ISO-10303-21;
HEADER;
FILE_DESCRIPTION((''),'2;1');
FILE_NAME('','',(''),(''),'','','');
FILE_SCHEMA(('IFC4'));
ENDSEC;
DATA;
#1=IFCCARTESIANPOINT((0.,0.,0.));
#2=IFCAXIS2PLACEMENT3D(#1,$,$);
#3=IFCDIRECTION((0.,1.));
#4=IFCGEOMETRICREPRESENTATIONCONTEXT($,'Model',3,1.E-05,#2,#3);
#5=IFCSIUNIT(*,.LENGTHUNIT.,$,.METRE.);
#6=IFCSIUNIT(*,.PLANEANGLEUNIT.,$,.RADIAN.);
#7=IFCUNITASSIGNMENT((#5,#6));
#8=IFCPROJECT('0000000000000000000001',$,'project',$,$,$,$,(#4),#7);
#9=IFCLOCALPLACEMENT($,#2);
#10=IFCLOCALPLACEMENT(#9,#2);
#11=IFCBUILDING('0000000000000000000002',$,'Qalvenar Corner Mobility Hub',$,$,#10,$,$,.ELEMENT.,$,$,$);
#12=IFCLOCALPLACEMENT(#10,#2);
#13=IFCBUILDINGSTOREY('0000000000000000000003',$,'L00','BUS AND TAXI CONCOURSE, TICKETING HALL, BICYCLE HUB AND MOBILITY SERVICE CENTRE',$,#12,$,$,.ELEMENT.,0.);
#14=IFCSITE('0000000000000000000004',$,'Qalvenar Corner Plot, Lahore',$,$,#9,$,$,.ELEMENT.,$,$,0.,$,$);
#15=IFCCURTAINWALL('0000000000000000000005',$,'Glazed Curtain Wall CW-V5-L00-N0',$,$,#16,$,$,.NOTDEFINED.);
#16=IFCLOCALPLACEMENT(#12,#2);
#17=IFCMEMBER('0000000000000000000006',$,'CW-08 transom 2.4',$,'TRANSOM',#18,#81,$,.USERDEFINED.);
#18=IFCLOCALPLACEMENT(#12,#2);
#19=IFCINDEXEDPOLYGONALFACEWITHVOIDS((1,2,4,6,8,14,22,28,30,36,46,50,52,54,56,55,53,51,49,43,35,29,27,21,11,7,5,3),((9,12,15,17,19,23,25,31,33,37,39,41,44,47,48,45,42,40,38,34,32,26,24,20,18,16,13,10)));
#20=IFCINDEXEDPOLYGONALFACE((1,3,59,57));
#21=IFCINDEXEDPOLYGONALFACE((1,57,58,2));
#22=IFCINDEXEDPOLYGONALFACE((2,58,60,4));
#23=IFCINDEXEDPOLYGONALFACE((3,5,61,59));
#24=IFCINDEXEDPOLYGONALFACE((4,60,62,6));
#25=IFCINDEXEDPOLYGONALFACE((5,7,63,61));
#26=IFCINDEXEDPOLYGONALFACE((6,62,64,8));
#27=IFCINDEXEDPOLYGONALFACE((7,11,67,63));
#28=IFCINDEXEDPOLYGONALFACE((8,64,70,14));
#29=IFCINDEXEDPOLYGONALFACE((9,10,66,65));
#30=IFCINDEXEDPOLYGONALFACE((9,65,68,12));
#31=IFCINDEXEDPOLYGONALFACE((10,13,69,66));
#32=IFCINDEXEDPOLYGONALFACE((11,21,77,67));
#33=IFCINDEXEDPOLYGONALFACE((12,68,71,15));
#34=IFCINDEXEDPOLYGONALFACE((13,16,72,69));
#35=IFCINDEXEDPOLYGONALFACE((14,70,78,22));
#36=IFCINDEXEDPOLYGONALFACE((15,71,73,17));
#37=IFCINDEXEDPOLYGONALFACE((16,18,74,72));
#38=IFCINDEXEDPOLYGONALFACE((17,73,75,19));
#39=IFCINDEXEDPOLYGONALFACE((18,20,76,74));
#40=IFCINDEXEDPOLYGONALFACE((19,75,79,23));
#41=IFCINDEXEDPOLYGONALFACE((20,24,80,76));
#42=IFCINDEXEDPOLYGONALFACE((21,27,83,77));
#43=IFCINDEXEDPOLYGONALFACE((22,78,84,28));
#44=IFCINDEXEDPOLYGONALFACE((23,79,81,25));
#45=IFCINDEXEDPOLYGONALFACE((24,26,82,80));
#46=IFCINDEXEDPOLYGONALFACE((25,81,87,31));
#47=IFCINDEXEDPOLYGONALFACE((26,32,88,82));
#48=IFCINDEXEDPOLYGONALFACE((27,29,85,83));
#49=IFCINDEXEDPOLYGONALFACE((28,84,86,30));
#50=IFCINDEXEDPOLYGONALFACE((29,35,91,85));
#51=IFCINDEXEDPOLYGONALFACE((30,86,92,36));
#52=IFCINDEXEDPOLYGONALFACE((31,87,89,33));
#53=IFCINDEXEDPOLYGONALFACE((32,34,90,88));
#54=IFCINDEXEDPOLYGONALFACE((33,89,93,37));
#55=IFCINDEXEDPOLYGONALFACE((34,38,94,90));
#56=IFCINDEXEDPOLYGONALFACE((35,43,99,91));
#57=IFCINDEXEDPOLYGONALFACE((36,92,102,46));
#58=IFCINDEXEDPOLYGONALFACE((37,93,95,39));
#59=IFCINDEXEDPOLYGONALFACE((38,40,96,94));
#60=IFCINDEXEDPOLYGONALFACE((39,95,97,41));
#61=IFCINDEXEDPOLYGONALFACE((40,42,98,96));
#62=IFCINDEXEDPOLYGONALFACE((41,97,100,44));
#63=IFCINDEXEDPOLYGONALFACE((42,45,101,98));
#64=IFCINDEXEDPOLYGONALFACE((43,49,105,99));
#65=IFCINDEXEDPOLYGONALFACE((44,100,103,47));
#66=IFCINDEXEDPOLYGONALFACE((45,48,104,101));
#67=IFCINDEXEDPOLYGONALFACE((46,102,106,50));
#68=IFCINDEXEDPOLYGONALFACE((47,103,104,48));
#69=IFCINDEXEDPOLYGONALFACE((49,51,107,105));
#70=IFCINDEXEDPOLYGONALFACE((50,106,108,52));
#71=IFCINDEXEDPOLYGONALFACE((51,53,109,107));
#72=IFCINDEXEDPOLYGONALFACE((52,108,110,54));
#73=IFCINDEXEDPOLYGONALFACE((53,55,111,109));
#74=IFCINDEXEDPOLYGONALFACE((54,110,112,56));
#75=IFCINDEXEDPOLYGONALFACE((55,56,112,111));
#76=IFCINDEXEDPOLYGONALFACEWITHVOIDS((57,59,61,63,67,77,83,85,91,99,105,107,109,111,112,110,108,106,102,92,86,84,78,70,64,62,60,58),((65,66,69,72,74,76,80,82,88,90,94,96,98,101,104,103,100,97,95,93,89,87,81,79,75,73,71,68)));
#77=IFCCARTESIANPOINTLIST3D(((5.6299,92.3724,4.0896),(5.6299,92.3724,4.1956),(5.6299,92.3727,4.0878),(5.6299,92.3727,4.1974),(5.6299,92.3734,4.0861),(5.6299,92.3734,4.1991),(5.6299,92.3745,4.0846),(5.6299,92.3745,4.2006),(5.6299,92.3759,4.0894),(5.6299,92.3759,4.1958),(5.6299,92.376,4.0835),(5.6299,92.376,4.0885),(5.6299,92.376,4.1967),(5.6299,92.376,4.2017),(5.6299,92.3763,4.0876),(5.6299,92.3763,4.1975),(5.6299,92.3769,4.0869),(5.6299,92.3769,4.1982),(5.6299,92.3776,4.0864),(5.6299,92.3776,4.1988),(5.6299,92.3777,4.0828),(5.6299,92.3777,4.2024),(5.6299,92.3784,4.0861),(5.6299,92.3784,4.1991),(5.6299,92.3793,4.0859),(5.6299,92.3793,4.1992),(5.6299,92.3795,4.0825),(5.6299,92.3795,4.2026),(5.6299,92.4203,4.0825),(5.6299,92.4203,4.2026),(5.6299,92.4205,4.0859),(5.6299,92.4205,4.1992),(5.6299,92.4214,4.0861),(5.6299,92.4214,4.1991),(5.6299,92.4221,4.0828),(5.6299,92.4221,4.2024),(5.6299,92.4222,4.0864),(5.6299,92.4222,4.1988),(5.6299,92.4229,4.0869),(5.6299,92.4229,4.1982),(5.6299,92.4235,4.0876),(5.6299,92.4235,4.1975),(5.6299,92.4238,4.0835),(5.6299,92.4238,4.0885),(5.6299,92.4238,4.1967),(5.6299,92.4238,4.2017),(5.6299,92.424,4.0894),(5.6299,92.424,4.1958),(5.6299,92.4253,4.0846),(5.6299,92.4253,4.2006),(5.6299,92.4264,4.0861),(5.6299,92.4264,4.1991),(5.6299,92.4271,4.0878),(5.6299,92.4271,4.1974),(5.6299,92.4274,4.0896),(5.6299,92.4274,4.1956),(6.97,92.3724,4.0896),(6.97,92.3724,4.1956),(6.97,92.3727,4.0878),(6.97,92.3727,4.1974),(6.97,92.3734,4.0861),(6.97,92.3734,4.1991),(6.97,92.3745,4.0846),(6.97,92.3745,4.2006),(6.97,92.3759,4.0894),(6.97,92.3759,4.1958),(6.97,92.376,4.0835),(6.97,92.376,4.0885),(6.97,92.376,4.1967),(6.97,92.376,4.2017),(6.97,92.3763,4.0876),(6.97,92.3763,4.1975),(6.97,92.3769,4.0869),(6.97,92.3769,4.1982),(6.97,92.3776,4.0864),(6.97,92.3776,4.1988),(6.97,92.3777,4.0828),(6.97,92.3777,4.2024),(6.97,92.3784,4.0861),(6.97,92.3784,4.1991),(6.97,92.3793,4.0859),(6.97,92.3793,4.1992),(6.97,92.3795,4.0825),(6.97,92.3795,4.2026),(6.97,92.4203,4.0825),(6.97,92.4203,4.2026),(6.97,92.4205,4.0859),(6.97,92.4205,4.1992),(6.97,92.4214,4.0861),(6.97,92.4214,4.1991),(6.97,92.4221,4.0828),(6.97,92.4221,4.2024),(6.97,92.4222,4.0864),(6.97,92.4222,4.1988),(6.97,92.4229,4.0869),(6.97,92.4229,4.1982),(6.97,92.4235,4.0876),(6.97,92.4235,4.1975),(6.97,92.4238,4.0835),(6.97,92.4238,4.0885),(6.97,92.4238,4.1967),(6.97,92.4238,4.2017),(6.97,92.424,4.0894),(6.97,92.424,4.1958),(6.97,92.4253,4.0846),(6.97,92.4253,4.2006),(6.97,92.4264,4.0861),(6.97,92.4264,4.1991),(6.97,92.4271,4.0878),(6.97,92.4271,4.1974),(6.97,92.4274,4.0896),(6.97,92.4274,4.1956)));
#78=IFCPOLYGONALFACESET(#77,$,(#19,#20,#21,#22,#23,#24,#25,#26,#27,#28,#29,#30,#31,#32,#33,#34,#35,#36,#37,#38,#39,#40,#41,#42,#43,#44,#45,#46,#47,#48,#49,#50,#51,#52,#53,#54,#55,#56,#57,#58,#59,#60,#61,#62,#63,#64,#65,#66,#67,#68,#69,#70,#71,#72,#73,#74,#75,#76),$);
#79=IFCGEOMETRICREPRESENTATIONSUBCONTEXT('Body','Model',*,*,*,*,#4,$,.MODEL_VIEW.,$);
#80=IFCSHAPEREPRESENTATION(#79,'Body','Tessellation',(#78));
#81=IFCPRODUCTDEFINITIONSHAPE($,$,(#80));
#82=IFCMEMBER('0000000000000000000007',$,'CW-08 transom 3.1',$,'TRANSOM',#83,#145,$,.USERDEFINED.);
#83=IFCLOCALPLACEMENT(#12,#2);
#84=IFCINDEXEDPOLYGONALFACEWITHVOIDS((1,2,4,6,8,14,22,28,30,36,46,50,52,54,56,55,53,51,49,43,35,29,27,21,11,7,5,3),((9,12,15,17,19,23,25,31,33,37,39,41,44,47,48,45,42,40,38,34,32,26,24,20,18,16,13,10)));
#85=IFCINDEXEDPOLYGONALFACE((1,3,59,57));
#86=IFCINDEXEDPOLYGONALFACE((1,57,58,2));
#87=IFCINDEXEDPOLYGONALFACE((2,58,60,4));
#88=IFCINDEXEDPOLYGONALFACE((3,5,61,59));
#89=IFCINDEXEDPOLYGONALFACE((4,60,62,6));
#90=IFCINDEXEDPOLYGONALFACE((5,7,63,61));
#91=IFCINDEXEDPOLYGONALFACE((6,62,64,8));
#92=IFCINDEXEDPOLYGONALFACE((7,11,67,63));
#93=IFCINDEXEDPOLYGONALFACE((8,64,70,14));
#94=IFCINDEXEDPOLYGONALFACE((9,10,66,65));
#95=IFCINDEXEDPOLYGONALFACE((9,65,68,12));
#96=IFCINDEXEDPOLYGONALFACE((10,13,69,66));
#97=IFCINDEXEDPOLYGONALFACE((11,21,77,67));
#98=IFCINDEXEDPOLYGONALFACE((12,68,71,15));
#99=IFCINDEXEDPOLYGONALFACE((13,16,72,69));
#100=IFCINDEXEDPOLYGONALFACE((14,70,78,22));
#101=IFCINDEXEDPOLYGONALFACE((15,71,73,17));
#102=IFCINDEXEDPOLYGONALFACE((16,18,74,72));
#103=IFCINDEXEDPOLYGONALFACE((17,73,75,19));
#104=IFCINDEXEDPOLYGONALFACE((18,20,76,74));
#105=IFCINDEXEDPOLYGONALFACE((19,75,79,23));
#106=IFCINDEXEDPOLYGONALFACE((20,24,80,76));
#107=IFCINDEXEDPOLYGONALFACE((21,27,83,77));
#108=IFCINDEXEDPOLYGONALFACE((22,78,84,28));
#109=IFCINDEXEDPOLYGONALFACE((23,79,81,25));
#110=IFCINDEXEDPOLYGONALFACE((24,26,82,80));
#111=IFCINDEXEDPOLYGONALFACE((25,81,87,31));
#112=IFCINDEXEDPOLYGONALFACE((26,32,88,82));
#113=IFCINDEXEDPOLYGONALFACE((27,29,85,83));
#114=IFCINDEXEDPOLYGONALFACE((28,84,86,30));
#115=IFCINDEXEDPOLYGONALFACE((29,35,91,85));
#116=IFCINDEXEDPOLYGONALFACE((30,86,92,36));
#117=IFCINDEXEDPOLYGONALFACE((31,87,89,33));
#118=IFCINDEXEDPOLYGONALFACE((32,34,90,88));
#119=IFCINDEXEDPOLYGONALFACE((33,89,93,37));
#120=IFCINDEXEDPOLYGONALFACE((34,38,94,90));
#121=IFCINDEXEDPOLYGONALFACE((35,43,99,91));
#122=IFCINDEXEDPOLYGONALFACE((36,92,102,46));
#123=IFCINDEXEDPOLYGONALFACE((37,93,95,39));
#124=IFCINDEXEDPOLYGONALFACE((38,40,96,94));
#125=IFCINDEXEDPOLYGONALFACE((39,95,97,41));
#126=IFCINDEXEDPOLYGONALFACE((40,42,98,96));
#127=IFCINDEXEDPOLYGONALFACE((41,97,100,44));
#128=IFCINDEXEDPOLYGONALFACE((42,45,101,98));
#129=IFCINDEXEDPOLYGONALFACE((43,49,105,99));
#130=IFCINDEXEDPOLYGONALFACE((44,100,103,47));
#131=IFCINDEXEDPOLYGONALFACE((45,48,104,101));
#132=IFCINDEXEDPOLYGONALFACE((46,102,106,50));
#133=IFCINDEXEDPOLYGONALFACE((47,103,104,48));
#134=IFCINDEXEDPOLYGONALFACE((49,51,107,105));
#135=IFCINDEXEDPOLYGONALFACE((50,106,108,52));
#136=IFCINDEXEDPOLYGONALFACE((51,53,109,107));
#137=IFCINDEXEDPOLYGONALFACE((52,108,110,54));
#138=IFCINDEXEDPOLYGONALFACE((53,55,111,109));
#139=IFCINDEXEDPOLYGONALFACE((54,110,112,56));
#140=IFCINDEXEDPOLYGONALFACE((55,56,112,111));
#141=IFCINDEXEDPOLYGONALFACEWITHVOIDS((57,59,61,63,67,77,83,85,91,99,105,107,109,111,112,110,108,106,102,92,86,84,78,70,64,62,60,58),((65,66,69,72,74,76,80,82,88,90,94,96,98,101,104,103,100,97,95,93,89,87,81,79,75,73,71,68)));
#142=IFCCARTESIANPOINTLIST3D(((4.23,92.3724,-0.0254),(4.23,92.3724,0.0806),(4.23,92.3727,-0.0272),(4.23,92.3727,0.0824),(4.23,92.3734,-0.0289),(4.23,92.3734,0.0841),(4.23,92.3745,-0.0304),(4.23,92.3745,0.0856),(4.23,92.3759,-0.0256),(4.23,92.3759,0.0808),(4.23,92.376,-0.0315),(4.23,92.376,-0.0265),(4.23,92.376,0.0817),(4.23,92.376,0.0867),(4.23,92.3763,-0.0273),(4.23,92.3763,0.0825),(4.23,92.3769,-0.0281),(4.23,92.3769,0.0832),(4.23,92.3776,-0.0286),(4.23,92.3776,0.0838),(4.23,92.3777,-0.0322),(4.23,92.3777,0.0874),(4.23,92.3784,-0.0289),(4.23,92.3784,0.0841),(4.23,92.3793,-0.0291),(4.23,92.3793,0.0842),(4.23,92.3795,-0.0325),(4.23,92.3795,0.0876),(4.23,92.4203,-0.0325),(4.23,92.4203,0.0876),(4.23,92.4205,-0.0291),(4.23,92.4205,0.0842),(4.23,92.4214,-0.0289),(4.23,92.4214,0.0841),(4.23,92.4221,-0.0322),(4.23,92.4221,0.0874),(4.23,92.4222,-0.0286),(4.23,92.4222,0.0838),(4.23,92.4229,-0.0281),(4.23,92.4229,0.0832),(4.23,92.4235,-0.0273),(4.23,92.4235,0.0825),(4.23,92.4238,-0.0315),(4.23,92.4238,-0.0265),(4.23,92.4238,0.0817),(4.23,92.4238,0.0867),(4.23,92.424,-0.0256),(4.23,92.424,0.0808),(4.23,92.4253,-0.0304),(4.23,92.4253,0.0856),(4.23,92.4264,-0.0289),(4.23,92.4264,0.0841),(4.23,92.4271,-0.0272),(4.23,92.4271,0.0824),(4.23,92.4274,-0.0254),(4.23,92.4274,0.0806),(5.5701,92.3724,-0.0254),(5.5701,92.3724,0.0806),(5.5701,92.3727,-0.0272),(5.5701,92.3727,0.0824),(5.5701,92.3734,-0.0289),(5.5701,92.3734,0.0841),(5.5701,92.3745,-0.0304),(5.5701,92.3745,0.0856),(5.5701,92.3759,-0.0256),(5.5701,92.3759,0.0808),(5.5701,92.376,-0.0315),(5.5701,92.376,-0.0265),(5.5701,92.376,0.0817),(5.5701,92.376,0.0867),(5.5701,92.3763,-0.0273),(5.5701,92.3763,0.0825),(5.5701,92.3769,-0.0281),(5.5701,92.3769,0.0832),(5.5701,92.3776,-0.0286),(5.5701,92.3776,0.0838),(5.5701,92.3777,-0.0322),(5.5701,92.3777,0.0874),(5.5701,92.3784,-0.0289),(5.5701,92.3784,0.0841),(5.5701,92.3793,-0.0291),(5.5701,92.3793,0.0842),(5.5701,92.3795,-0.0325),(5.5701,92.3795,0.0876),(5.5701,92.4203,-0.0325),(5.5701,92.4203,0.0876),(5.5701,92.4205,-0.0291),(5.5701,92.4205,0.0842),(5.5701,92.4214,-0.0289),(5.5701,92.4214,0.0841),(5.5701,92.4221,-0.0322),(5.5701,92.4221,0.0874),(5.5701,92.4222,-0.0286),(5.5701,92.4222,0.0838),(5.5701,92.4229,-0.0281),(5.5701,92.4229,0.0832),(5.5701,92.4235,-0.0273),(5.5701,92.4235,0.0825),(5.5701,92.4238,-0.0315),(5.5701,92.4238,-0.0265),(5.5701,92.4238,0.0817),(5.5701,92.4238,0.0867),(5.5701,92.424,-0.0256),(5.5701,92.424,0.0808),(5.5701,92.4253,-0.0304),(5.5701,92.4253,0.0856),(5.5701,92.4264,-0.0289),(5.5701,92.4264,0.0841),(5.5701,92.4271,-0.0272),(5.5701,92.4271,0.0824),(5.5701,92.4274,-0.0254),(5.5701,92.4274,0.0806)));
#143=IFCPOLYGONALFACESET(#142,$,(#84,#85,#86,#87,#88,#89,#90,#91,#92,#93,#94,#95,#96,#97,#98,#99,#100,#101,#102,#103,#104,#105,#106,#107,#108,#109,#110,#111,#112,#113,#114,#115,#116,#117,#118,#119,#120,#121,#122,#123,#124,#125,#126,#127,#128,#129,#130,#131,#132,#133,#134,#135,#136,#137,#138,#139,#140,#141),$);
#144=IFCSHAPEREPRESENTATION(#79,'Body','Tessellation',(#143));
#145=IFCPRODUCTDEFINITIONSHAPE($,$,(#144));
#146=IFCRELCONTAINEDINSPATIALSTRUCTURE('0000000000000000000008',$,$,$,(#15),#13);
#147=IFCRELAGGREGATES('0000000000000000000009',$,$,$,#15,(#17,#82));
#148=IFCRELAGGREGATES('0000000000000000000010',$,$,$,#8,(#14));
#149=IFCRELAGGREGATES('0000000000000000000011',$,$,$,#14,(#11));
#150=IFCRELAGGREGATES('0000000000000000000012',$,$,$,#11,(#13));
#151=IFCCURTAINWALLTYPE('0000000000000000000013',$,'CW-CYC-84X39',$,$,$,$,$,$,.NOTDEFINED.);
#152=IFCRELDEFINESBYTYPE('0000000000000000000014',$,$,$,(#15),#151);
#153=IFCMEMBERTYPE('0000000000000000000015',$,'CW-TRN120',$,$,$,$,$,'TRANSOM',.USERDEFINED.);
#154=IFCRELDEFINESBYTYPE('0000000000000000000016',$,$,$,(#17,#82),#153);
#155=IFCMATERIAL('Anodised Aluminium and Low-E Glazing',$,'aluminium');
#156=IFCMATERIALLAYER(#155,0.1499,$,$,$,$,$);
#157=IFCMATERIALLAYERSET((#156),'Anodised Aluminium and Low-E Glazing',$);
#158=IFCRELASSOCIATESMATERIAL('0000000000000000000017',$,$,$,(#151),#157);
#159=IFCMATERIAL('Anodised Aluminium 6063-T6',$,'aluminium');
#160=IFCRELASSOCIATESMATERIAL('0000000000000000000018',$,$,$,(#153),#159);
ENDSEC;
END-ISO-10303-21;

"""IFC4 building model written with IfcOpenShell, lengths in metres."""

from ifc_helpers import new_model, si_unit, direction, frame, origin, origin_2d, place, context, subcontext, project, spatial, hollow_rectangle, extrude, material, layer, layer_set, material_profile, profile_set, type_object, element, aggregate, save


model = new_model("IFC4")

# Units and contexts
model_context = context("Model", 3, precision=1e-05, world=origin(), true_north=direction((0.0, 1.0)))
body_context = subcontext(model_context, "Body", "Model", "MODEL_VIEW")
ifc_project = project(units=[si_unit("LENGTHUNIT", "METRE"), si_unit("PLANEANGLEUNIT", "RADIAN")], contexts=[model_context])

# Site, building, storey
site_placement = place(None, origin())
site = spatial("IfcSite", under=ifc_project, at=site_placement, Name="Qalvenar Corner Plot, Lahore", CompositionType="ELEMENT", RefElevation=0.0)
building_placement = place(site_placement, origin())
building = spatial("IfcBuilding", under=site, at=building_placement, Name="Qalvenar Corner Mobility Hub", CompositionType="ELEMENT")
storey_placement = place(building_placement, origin())
storey = spatial("IfcBuildingStorey", under=building, at=storey_placement, Name="L00", Description="BUS AND TAXI CONCOURSE, TICKETING HALL, BICYCLE HUB AND MOBILITY SERVICE CENTRE", CompositionType="ELEMENT", Elevation=0.0)

# Curtain wall, members
ifc_material_1 = material(Name="Anodised Aluminium and Low-E Glazing", Category="aluminium")
ifc_layer_1 = layer(ifc_material_1, 0.1499)
ifc_layer_set_1 = layer_set([ifc_layer_1], Name="Anodised Aluminium and Low-E Glazing")
curtain_wall_type = type_object("IfcCurtainWallType", Name="CW-CYC-84X39", PredefinedType="NOTDEFINED", material=ifc_layer_set_1)
curtain_wall_placement = place(storey_placement, origin())
curtain_wall = element("IfcCurtainWall", 1, at=curtain_wall_placement, inside=storey, type_object=curtain_wall_type, Name="Glazed Curtain Wall CW-V5-L00-N0", PredefinedType="NOTDEFINED")
ifc_material_2 = material(Name="Anodised Aluminium 6063-T6", Category="aluminium")
ifc_material_profile_1 = material_profile(ifc_material_2, hollow_rectangle(XDim=0.0549, YDim=0.1201, WallThickness=0.0034, InnerFilletRadius=0.0034, OuterFilletRadius=0.0071, at=origin_2d()), Name="RHS120x55x3.5")
ifc_profile_set_1 = profile_set([ifc_material_profile_1], Name="Anodised Aluminium 6063-T6")
member_type_1 = type_object("IfcMemberType", Name="CW-TRN120", ElementType="TRANSOM", PredefinedType="USERDEFINED", material=ifc_profile_set_1)
member_1_placement = place(storey_placement, frame((6.97, 92.3999, 4.1426), z_axis=(-1.0, 0.0, 0.0), x_axis=(0.0, -1.0, 0.0)))
member_1 = element("IfcMember", 2, at=member_1_placement, type_object=member_type_1, Name="CW-08 transom 2.4", ObjectType="TRANSOM", PredefinedType="USERDEFINED", context=body_context, shape_type="SweptSolid", body=[
    extrude(hollow_rectangle(XDim=0.0549, YDim=0.1201, WallThickness=0.0034, InnerFilletRadius=0.0034, OuterFilletRadius=0.0071, at=origin_2d()), origin(), (0.0, 0.0, 1.0), 1.3401),
])
member_2_placement = place(storey_placement, frame((5.5701, 92.3999, 0.0276), z_axis=(-1.0, 0.0, 0.0), x_axis=(0.0, -1.0, 0.0)))
member_2 = element("IfcMember", 3, at=member_2_placement, type_object=member_type_1, Name="CW-08 transom 3.1", ObjectType="TRANSOM", PredefinedType="USERDEFINED", context=body_context, shape_type="SweptSolid", body=[
    extrude(hollow_rectangle(XDim=0.0549, YDim=0.1201, WallThickness=0.0034, InnerFilletRadius=0.0034, OuterFilletRadius=0.0071, at=origin_2d()), origin(), (0.0, 0.0, 1.0), 1.3401),
])
aggregate(curtain_wall, [member_1, member_2])

save(model, "model.ifc")
